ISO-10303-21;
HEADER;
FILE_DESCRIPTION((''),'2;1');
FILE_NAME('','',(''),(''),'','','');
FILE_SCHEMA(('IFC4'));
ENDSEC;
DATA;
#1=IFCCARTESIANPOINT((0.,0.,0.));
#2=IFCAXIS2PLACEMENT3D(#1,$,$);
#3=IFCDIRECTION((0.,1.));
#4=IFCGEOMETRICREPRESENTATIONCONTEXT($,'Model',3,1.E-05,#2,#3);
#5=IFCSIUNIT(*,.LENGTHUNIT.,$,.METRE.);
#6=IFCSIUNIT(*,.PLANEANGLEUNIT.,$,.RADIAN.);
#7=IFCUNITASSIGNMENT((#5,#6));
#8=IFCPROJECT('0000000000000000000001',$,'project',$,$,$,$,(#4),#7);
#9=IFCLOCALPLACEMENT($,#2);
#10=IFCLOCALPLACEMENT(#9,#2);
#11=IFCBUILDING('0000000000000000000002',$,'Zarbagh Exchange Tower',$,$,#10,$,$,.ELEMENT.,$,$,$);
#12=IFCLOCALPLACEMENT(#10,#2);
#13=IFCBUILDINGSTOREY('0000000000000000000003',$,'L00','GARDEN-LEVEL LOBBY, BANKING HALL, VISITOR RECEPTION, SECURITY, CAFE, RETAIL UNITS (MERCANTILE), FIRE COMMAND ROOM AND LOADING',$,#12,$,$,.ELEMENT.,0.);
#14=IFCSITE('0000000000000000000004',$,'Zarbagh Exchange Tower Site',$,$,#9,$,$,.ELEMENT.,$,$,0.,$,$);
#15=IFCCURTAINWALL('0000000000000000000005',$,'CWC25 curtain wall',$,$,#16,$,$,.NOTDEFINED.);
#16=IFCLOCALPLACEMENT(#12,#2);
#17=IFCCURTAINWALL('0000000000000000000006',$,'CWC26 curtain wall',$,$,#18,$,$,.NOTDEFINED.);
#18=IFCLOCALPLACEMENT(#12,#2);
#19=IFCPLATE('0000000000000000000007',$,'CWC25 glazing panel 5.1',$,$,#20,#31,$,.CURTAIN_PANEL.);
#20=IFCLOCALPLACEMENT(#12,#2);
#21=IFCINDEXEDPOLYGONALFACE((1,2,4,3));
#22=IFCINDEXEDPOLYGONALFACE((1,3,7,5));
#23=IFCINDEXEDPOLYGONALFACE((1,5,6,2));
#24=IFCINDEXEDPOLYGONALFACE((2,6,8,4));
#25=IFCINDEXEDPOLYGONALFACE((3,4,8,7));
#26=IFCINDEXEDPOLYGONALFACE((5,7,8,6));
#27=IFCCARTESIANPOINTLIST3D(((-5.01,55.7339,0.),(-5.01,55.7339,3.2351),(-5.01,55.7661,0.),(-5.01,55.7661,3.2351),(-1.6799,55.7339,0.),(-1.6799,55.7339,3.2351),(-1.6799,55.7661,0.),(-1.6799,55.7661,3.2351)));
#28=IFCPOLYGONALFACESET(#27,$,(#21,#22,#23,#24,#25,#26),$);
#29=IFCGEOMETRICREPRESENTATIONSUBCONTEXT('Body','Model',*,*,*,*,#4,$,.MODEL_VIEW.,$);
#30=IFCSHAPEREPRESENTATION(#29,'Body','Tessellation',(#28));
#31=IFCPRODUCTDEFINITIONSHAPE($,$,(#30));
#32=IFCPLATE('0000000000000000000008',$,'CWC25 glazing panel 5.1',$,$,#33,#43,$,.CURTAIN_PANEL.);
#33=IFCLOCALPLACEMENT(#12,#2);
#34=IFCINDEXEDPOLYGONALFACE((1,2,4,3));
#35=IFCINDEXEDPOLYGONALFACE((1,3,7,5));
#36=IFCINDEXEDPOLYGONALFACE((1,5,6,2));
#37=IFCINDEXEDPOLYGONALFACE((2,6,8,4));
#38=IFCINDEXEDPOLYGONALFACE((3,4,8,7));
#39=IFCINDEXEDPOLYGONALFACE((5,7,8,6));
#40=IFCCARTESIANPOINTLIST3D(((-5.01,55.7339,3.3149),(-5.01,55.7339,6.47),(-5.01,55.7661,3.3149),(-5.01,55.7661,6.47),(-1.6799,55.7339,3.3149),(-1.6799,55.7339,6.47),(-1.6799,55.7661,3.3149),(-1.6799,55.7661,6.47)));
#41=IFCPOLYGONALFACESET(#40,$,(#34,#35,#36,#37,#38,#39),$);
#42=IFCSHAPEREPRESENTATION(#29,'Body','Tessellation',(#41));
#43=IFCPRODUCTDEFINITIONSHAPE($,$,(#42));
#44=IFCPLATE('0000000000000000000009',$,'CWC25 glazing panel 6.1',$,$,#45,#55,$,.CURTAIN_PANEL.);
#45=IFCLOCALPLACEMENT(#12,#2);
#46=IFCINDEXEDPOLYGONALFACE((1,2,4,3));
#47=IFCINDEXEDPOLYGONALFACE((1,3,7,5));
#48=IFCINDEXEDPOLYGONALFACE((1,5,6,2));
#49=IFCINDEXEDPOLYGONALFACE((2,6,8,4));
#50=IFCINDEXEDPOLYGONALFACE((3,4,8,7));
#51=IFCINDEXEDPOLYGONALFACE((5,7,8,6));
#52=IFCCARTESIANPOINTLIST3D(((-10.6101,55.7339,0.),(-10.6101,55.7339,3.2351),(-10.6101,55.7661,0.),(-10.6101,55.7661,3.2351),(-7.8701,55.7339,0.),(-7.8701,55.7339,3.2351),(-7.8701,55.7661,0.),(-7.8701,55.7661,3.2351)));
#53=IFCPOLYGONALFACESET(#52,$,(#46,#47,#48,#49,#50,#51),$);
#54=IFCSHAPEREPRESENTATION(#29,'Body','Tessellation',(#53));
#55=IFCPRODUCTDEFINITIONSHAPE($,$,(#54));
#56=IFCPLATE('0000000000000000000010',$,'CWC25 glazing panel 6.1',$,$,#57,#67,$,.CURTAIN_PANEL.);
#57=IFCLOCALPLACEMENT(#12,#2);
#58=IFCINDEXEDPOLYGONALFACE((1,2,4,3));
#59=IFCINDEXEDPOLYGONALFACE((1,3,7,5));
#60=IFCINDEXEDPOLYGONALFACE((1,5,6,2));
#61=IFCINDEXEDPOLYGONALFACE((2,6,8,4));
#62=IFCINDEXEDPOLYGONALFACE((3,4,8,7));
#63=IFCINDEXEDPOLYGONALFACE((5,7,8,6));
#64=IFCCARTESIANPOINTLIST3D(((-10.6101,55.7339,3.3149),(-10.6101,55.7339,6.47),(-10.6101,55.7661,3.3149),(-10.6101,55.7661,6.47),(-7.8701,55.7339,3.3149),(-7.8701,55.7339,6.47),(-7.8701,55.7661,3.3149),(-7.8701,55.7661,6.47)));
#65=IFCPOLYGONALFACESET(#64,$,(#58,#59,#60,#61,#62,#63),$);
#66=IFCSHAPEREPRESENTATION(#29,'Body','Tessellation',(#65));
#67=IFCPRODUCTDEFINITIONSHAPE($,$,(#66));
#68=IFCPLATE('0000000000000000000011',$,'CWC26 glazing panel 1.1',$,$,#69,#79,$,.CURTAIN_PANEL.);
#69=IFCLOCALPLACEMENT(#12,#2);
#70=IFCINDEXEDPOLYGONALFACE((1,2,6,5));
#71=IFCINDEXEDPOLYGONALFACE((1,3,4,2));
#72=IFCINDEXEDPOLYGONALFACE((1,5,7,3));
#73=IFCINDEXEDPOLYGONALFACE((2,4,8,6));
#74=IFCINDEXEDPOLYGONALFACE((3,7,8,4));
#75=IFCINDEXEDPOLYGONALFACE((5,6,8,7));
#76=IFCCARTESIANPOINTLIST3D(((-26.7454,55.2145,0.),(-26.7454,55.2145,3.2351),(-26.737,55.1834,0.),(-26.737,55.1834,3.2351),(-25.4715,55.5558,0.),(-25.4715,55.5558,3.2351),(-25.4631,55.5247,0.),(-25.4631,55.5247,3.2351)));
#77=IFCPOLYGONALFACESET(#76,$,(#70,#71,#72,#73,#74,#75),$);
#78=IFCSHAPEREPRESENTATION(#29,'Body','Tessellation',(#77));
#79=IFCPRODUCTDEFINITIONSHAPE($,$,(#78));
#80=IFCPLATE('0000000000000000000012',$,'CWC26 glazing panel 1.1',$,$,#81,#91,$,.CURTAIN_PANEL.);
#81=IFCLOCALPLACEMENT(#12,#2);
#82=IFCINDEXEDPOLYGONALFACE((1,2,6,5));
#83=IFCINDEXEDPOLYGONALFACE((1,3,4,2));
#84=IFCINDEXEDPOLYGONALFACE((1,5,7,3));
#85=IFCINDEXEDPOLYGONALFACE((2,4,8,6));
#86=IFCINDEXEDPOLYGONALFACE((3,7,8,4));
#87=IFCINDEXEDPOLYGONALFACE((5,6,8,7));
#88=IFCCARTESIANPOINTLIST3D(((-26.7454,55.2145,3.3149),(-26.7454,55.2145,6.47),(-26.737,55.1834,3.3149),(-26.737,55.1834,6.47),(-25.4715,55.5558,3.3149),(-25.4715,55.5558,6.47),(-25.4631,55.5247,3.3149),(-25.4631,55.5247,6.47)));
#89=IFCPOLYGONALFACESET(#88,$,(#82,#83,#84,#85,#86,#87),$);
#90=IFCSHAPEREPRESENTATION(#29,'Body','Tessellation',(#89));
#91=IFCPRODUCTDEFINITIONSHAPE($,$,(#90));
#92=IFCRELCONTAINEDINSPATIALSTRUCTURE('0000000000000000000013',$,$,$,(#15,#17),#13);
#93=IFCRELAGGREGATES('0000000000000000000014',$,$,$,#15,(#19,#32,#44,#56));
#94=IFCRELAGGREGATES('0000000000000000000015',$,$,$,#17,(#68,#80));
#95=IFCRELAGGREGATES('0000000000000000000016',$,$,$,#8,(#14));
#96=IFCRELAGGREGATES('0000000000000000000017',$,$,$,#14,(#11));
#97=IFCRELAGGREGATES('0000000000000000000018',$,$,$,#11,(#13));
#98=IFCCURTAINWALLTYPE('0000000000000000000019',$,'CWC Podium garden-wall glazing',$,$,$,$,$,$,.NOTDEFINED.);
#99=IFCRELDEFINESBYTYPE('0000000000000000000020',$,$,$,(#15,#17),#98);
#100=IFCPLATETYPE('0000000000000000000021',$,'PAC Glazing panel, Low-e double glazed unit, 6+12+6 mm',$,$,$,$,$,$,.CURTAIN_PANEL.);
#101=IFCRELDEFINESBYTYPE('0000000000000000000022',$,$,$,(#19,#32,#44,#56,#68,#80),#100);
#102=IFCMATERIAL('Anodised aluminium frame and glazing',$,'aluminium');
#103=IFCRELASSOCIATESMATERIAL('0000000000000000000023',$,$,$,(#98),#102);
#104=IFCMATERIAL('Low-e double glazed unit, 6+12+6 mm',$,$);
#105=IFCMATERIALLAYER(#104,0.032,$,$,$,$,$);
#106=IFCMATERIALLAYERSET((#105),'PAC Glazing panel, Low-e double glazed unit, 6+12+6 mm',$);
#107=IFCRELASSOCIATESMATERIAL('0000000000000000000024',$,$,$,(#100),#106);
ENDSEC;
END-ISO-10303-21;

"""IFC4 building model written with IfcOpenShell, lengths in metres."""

from ifc_helpers import new_model, si_unit, direction, origin, place, context, subcontext, project, spatial, polyline, outline, extrude, source, transform, mapped, material, layer, layer_set, type_object, element, aggregate, save


model = new_model("IFC4")

# Units and contexts
model_context = context("Model", 3, precision=1e-05, world=origin(), true_north=direction((0.0, 1.0)))
body_context = subcontext(model_context, "Body", "Model", "MODEL_VIEW")
ifc_project = project(units=[si_unit("LENGTHUNIT", "METRE"), si_unit("PLANEANGLEUNIT", "RADIAN")], contexts=[model_context])

# Site, building, storey
site_placement = place(None, origin())
site = spatial("IfcSite", under=ifc_project, at=site_placement, Name="Zarbagh Exchange Tower Site", CompositionType="ELEMENT", RefElevation=0.0)
building_placement = place(site_placement, origin())
building = spatial("IfcBuilding", under=site, at=building_placement, Name="Zarbagh Exchange Tower", CompositionType="ELEMENT")
storey_placement = place(building_placement, origin())
storey = spatial("IfcBuildingStorey", under=building, at=storey_placement, Name="L00", Description="GARDEN-LEVEL LOBBY, BANKING HALL, VISITOR RECEPTION, SECURITY, CAFE, RETAIL UNITS (MERCANTILE), FIRE COMMAND ROOM AND LOADING", CompositionType="ELEMENT", Elevation=0.0)

# Curtain wall
ifc_material_1 = material(Name="Anodised aluminium frame and glazing", Category="aluminium")
curtain_wall_type = type_object("IfcCurtainWallType", Name="CWC Podium garden-wall glazing", PredefinedType="NOTDEFINED", material=ifc_material_1)
curtain_wall_1_placement = place(storey_placement, origin())
curtain_wall_1 = element("IfcCurtainWall", 1, at=curtain_wall_1_placement, inside=storey, type_object=curtain_wall_type, Name="CWC25 curtain wall", PredefinedType="NOTDEFINED")
placement = place(storey_placement, origin())

# Curtain wall
curtain_wall_2_placement = place(storey_placement, origin())
curtain_wall_2 = element("IfcCurtainWall", 2, at=curtain_wall_2_placement, inside=storey, type_object=curtain_wall_type, Name="CWC26 curtain wall", PredefinedType="NOTDEFINED")

# Plates
ifc_material_2 = material(Name="Low-e double glazed unit, 6+12+6 mm")
ifc_layer = layer(ifc_material_2, 0.032)
ifc_layer_set = layer_set([ifc_layer], Name="PAC Glazing panel, Low-e double glazed unit, 6+12+6 mm")
plate_type = type_object("IfcPlateType", Name="PAC Glazing panel, Low-e double glazed unit, 6+12+6 mm", PredefinedType="CURTAIN_PANEL", material=ifc_layer_set)
shared_shape_1 = source(origin(), body_context, "Body", "SweptSolid", [
    extrude(outline(polyline([(0.0, -0.0161), (3.3301, -0.0161), (3.3301, 0.0161), (0.0, 0.0161), (0.0, -0.0161)])), origin(), (0.0, 0.0, 1.0), 3.2351),
])
plate_1 = element("IfcPlate", 3, at=placement, type_object=plate_type, Name="CWC25 glazing panel 5.1", PredefinedType="CURTAIN_PANEL", context=body_context, shape_type="MappedRepresentation", body=[
    mapped(shared_shape_1, transform((-1.6799, 55.75, 0.0), x_axis=(-1.0, 0.0, 0.0), y_axis=(0.0, -1.0, 0.0), z_axis=(0.0, 0.0, 1.0))),
])
shared_shape_2 = source(origin(), body_context, "Body", "SweptSolid", [
    extrude(outline(polyline([(0.0, -0.0161), (3.3301, -0.0161), (3.3301, 0.0161), (0.0, 0.0161), (0.0, -0.0161)])), origin(), (0.0, 0.0, 1.0), 3.155),
])
plate_2 = element("IfcPlate", 4, at=placement, type_object=plate_type, Name="CWC25 glazing panel 5.1", PredefinedType="CURTAIN_PANEL", context=body_context, shape_type="MappedRepresentation", body=[
    mapped(shared_shape_2, transform((-1.6799, 55.75, 3.3149), x_axis=(-1.0, 0.0, 0.0), y_axis=(0.0, -1.0, 0.0), z_axis=(0.0, 0.0, 1.0))),
])
shared_shape_3 = source(origin(), body_context, "Body", "SweptSolid", [
    extrude(outline(polyline([(0.0, -0.0161), (2.74, -0.0161), (2.74, 0.0161), (0.0, 0.0161), (0.0, -0.0161)])), origin(), (0.0, 0.0, 1.0), 3.2351),
])
plate_3 = element("IfcPlate", 5, at=placement, type_object=plate_type, Name="CWC25 glazing panel 6.1", PredefinedType="CURTAIN_PANEL", context=body_context, shape_type="MappedRepresentation", body=[
    mapped(shared_shape_3, transform((-7.8701, 55.75, 0.0), x_axis=(-1.0, 0.0, 0.0), y_axis=(0.0, -1.0, 0.0), z_axis=(0.0, 0.0, 1.0))),
])
shared_shape_4 = source(origin(), body_context, "Body", "SweptSolid", [
    extrude(outline(polyline([(0.0, -0.0161), (2.74, -0.0161), (2.74, 0.0161), (0.0, 0.0161), (0.0, -0.0161)])), origin(), (0.0, 0.0, 1.0), 3.155),
])
plate_4 = element("IfcPlate", 6, at=placement, type_object=plate_type, Name="CWC25 glazing panel 6.1", PredefinedType="CURTAIN_PANEL", context=body_context, shape_type="MappedRepresentation", body=[
    mapped(shared_shape_4, transform((-7.8701, 55.75, 3.3149), x_axis=(-1.0, 0.0, 0.0), y_axis=(0.0, -1.0, 0.0), z_axis=(0.0, 0.0, 1.0))),
])
aggregate(curtain_wall_1, [plate_1, plate_2, plate_3, plate_4])
shared_shape_5 = source(origin(), body_context, "Body", "SweptSolid", [
    extrude(outline(polyline([(0.0, -0.0161), (1.3188, -0.0161), (1.3188, 0.0161), (0.0, 0.0161), (0.0, -0.0161)])), origin(), (0.0, 0.0, 1.0), 3.2351),
])
plate_5 = element("IfcPlate", 7, at=placement, type_object=plate_type, Name="CWC26 glazing panel 1.1", PredefinedType="CURTAIN_PANEL", context=body_context, shape_type="MappedRepresentation", body=[
    mapped(shared_shape_5, transform((-25.4673, 55.5403, 0.0), x_axis=(-0.965924, -0.258825, 0.0), y_axis=(0.258825, -0.965924, 0.0), z_axis=(0.0, 0.0, 1.0))),
])
shared_shape_6 = source(origin(), body_context, "Body", "SweptSolid", [
    extrude(outline(polyline([(0.0, -0.0161), (1.3188, -0.0161), (1.3188, 0.0161), (0.0, 0.0161), (0.0, -0.0161)])), origin(), (0.0, 0.0, 1.0), 3.155),
])
plate_6 = element("IfcPlate", 8, at=placement, type_object=plate_type, Name="CWC26 glazing panel 1.1", PredefinedType="CURTAIN_PANEL", context=body_context, shape_type="MappedRepresentation", body=[
    mapped(shared_shape_6, transform((-25.4673, 55.5403, 3.3149), x_axis=(-0.965924, -0.258825, 0.0), y_axis=(0.258825, -0.965924, 0.0), z_axis=(0.0, 0.0, 1.0))),
])
aggregate(curtain_wall_2, [plate_5, plate_6])

save(model, "model.ifc")
